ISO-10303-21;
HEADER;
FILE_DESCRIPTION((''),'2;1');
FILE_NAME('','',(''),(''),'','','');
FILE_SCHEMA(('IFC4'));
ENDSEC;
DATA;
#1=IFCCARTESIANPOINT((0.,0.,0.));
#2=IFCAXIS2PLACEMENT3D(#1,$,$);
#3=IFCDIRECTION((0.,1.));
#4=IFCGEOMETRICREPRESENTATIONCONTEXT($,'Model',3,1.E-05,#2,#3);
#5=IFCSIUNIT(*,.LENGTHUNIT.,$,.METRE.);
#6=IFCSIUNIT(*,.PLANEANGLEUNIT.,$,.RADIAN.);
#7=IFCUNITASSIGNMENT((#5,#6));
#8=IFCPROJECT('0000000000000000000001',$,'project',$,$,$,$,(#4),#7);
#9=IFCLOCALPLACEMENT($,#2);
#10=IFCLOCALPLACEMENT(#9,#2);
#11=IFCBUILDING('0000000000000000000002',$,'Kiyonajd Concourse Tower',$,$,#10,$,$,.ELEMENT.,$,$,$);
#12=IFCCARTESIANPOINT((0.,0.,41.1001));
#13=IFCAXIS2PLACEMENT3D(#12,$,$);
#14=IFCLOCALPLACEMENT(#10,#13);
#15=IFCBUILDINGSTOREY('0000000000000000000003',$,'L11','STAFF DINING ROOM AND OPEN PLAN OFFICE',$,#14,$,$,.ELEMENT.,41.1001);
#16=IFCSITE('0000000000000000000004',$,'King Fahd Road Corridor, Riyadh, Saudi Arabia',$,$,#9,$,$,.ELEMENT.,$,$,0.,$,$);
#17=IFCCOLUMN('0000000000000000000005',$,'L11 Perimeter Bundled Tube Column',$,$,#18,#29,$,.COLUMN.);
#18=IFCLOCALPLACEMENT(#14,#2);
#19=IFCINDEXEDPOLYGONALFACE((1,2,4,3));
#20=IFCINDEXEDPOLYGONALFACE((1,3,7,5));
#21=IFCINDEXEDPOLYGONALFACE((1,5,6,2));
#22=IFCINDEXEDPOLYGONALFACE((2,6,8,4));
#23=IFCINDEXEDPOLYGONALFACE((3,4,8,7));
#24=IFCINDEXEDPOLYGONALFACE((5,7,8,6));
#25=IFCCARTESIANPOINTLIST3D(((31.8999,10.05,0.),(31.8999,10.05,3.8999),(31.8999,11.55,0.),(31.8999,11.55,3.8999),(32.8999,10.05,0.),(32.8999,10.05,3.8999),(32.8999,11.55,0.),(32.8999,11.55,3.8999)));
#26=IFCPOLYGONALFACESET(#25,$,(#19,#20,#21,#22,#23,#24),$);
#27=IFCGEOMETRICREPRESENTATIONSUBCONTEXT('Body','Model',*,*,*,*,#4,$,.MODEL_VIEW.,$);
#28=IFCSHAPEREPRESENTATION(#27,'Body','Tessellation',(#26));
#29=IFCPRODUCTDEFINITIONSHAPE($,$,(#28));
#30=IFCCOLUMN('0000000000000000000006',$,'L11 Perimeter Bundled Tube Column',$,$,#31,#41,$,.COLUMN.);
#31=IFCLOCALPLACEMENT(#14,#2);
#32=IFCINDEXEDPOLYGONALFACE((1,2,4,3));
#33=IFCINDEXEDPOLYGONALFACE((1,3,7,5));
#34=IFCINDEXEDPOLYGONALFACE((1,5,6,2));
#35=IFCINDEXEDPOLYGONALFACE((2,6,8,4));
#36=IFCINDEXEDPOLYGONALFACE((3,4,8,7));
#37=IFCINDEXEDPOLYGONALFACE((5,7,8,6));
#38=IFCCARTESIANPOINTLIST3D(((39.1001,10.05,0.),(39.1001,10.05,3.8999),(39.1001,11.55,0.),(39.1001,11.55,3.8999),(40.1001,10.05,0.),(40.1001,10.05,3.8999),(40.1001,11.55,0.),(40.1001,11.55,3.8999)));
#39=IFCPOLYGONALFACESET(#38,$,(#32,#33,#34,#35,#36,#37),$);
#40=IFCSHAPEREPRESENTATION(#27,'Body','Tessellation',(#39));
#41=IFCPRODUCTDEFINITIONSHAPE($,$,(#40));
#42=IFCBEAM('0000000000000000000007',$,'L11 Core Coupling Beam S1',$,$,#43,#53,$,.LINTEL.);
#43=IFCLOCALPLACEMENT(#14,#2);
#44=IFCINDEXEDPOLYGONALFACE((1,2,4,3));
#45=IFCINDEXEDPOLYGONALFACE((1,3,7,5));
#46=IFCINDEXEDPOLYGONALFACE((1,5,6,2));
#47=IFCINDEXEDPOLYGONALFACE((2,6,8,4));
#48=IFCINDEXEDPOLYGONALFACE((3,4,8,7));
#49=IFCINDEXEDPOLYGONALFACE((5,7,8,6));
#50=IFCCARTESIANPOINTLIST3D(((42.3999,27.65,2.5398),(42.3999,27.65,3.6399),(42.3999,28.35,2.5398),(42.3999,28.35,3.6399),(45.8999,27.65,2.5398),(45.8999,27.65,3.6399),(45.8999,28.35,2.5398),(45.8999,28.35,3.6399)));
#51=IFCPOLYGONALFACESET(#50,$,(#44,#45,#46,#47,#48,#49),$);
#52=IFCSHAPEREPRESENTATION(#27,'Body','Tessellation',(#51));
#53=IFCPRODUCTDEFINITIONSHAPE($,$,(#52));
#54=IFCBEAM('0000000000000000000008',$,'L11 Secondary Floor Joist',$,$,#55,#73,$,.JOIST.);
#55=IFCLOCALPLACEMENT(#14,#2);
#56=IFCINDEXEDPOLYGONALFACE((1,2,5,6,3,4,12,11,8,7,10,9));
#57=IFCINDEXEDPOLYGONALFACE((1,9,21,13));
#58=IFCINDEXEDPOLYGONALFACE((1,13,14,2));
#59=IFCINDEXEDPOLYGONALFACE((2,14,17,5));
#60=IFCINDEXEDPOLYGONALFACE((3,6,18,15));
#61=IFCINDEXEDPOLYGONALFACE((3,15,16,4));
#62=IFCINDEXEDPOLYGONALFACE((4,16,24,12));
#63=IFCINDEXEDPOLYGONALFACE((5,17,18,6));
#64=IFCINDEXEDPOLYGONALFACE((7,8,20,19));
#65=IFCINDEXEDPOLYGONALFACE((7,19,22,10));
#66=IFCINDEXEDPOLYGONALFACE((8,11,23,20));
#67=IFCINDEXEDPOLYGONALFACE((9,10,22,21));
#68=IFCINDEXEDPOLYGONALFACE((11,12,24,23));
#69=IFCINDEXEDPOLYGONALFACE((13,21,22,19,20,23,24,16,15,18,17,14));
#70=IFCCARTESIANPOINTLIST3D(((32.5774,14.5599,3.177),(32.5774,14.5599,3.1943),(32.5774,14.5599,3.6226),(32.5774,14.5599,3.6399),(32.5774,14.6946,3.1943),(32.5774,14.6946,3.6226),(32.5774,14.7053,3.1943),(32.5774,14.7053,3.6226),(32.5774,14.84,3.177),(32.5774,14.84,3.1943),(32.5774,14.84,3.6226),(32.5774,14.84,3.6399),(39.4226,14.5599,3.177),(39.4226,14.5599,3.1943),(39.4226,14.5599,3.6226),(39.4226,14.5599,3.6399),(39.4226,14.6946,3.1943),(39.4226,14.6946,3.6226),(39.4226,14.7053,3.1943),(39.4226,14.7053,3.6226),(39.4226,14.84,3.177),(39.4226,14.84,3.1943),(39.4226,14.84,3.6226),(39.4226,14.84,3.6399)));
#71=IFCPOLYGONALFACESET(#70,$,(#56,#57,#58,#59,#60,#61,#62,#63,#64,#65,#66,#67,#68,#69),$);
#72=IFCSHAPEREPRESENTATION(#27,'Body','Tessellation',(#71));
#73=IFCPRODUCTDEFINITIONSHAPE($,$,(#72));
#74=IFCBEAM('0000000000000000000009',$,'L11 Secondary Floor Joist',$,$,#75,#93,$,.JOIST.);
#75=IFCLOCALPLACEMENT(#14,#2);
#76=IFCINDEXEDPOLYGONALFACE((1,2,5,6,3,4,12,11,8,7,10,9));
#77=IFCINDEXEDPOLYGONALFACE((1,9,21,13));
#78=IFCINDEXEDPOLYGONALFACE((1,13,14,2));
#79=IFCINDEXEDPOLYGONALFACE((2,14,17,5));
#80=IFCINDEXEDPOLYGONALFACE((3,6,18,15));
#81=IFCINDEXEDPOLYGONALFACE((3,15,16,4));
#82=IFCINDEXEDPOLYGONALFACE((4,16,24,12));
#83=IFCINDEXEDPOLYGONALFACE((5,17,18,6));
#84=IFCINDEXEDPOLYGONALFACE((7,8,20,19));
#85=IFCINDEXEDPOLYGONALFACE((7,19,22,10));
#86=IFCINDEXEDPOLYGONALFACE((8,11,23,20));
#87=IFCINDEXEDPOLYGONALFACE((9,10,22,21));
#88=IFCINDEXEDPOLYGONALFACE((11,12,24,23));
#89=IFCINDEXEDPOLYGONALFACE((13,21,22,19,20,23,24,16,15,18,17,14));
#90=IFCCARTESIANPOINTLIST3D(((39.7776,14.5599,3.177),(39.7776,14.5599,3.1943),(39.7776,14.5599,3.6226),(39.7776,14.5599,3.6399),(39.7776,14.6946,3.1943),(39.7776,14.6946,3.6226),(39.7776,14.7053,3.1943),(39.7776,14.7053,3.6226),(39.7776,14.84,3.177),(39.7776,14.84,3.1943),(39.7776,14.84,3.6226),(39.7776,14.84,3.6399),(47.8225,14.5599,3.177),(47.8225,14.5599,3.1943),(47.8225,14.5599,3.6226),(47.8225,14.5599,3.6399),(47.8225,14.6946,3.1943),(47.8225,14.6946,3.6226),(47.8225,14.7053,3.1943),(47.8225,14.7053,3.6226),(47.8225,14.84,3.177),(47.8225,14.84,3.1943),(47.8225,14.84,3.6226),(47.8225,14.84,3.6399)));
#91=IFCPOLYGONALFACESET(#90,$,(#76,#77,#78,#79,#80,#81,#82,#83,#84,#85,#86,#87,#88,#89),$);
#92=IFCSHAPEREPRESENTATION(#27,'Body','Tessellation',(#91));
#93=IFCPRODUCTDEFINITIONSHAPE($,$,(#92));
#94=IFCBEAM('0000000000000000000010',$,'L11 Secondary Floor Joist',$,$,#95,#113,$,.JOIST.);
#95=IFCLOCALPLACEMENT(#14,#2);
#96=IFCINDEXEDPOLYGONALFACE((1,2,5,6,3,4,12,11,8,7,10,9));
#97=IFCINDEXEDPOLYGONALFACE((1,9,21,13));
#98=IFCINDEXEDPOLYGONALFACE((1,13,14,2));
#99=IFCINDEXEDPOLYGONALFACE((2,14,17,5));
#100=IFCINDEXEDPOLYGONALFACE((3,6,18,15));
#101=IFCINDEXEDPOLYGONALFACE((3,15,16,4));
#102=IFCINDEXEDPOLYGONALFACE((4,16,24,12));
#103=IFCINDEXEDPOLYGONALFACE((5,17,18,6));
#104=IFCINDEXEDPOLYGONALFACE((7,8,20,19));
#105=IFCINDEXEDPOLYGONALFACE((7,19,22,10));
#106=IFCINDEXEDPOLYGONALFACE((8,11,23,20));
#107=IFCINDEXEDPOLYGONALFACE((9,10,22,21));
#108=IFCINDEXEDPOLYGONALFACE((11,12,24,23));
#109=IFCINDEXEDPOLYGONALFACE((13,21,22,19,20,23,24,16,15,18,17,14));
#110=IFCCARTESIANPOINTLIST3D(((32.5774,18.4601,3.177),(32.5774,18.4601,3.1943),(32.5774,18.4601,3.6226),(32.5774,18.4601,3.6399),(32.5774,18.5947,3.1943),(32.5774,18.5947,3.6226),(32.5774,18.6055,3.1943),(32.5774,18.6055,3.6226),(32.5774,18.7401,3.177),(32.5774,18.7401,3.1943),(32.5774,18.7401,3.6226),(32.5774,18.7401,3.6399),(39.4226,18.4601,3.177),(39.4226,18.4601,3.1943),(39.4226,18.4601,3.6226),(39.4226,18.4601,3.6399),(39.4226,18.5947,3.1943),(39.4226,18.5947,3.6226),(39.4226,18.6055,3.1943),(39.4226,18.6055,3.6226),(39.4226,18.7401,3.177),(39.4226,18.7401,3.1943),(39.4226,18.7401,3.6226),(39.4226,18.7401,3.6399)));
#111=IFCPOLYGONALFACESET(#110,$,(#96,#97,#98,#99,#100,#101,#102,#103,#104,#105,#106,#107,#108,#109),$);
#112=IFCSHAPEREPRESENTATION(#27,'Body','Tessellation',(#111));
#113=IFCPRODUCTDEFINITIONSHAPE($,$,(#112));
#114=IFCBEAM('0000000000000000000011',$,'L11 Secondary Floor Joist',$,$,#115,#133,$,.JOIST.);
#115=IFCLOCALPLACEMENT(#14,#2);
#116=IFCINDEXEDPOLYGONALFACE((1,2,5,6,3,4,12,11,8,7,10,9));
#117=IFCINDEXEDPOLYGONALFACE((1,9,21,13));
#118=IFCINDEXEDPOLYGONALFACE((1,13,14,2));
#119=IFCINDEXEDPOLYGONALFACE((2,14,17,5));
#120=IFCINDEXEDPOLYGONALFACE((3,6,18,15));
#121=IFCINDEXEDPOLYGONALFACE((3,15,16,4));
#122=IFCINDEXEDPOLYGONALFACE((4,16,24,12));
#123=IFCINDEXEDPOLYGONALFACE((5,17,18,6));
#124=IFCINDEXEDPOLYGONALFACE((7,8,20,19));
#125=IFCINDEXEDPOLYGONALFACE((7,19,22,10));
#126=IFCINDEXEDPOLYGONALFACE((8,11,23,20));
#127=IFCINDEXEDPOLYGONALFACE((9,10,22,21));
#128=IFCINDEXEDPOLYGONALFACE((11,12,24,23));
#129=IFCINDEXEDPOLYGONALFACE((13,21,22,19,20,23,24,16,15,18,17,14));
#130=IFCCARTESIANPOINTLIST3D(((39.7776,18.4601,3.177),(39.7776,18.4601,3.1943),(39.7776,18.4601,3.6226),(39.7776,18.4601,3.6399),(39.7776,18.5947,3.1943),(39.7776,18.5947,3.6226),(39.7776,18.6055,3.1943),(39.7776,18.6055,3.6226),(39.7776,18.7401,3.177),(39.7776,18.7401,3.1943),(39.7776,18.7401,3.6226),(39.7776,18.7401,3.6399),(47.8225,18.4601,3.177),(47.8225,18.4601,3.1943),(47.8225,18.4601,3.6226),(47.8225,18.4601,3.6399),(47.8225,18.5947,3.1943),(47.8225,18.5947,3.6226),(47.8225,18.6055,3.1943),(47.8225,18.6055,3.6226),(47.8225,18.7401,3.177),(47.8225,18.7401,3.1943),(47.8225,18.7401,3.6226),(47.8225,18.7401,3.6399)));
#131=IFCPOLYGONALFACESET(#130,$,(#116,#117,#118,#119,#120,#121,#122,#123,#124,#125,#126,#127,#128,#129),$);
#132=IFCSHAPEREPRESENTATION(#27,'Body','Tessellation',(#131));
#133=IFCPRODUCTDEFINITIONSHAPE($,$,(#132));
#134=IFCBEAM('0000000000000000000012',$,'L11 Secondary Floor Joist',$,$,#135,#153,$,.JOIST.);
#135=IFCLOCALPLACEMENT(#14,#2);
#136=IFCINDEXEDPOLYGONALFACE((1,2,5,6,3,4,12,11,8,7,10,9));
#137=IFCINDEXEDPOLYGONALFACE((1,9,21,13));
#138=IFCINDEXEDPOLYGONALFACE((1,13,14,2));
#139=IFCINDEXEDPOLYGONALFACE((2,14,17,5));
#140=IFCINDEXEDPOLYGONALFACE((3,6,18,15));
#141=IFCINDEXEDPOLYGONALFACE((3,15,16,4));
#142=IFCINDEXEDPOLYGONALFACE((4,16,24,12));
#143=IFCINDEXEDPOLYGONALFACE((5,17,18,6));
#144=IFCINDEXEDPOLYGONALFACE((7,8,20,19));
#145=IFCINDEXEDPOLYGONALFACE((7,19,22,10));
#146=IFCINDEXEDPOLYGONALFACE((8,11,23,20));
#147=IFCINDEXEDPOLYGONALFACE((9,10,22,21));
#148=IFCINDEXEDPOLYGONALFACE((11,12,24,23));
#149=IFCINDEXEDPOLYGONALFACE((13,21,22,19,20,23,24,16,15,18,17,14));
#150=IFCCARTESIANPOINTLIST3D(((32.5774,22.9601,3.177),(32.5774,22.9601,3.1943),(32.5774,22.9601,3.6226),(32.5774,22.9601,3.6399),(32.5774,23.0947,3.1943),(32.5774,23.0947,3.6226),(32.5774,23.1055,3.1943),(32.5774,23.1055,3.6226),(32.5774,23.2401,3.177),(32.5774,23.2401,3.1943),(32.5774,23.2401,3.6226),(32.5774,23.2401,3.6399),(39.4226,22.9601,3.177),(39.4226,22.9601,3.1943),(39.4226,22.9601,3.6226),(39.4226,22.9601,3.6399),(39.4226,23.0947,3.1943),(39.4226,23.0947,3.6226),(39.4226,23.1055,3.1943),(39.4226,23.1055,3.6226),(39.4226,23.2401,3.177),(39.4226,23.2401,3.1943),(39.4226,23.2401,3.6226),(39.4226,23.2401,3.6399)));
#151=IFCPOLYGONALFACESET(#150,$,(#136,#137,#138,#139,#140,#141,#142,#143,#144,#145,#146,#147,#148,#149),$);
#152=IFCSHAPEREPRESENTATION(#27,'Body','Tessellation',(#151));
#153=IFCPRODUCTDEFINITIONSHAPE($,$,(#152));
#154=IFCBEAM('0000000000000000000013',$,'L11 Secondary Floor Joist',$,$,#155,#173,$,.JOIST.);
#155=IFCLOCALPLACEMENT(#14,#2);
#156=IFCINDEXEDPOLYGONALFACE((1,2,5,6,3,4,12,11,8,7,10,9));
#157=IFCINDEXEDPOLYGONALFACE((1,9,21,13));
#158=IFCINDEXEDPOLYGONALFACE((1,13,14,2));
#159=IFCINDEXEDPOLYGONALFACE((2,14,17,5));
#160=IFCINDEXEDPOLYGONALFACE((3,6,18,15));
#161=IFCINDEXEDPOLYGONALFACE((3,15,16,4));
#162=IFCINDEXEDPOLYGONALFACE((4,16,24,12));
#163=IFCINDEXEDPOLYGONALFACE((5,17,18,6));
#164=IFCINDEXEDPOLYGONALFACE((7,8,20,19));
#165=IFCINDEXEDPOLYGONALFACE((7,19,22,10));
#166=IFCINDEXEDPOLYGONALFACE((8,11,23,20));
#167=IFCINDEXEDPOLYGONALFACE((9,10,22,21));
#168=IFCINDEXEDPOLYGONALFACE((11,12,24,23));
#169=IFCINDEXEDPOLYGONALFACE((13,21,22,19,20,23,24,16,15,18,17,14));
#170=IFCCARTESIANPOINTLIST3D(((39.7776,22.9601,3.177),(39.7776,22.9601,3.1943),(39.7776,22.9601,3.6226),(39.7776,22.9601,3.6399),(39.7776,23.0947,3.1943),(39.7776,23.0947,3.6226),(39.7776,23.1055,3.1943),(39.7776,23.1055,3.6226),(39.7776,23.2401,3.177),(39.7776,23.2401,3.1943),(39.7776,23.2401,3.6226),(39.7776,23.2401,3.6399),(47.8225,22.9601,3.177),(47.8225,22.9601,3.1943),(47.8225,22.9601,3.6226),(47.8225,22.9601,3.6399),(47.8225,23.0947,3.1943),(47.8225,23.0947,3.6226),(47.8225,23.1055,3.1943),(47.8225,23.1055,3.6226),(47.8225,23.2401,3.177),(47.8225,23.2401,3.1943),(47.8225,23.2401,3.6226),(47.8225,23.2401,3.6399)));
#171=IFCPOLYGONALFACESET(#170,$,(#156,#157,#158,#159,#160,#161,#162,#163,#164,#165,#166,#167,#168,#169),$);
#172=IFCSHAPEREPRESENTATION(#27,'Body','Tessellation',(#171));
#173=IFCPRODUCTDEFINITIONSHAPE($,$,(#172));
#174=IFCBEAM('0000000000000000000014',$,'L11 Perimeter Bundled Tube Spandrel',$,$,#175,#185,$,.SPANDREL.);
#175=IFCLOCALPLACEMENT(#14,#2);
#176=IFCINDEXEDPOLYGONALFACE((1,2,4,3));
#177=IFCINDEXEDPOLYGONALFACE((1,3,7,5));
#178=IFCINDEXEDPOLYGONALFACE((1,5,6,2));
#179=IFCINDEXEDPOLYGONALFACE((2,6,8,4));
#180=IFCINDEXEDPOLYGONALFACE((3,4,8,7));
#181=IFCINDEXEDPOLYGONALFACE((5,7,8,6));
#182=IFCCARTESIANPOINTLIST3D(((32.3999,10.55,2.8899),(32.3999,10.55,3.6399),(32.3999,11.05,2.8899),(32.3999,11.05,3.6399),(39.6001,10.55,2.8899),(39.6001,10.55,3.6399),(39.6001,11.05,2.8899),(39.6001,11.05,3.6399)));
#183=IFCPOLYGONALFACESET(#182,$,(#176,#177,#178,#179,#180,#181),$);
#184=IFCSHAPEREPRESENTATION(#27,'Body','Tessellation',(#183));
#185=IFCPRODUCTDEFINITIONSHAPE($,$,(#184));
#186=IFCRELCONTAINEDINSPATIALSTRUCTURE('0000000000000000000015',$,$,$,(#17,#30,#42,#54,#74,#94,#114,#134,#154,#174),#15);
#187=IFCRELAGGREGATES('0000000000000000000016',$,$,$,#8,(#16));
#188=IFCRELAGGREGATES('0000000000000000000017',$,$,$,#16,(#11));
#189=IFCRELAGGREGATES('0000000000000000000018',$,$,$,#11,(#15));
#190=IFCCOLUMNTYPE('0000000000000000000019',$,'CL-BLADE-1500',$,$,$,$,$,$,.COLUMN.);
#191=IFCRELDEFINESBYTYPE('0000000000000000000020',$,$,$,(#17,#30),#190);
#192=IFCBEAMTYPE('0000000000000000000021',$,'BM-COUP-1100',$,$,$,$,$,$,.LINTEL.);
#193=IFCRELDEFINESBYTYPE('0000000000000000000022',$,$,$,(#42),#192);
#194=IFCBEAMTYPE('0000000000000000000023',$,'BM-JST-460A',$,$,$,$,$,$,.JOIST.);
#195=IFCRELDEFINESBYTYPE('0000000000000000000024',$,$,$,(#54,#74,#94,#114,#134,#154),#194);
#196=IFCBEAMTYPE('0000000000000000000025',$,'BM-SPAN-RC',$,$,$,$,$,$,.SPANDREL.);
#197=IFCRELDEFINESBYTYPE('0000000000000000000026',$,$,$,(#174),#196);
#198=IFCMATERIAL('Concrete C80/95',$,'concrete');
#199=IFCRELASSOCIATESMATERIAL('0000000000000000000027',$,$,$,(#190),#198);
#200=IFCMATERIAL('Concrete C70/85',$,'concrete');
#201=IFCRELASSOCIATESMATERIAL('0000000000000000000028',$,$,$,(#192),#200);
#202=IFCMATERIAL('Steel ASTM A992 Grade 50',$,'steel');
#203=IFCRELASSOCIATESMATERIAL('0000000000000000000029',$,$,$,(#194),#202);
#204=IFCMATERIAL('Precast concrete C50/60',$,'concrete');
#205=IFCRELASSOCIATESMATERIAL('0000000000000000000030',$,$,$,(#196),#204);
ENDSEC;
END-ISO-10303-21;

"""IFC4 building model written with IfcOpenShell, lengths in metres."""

from ifc_helpers import new_model, si_unit, direction, frame, origin, origin_2d, place, context, subcontext, project, spatial, rectangle, i_section, extrude, material, material_profile, profile_set, type_object, element, save


model = new_model("IFC4")

# Units and contexts
model_context = context("Model", 3, precision=1e-05, world=origin(), true_north=direction((0.0, 1.0)))
body_context = subcontext(model_context, "Body", "Model", "MODEL_VIEW")
ifc_project = project(units=[si_unit("LENGTHUNIT", "METRE"), si_unit("PLANEANGLEUNIT", "RADIAN")], contexts=[model_context])

# Site, building, storey
site_placement = place(None, origin())
site = spatial("IfcSite", under=ifc_project, at=site_placement, Name="King Fahd Road Corridor, Riyadh, Saudi Arabia", CompositionType="ELEMENT", RefElevation=0.0)
building_placement = place(site_placement, origin())
building = spatial("IfcBuilding", under=site, at=building_placement, Name="Kiyonajd Concourse Tower", CompositionType="ELEMENT")
storey_placement = place(building_placement, frame((0.0, 0.0, 41.1001)))
storey = spatial("IfcBuildingStorey", under=building, at=storey_placement, Name="L11", Description="STAFF DINING ROOM AND OPEN PLAN OFFICE", CompositionType="ELEMENT", Elevation=41.1001)

# Columns
ifc_material_1 = material(Name="Concrete C80/95", Category="concrete")
ifc_material_profile_1 = material_profile(ifc_material_1, rectangle(XDim=1.0, YDim=1.5, at=origin_2d()), Name="RC-1500x1000")
ifc_profile_set_1 = profile_set([ifc_material_profile_1], Name="Concrete C80/95")
column_type = type_object("IfcColumnType", Name="CL-BLADE-1500", PredefinedType="COLUMN", material=ifc_profile_set_1)
for number, where, z_axis, x_axis, name in (
    (1, (32.3999, 10.8, 0.0), (0.0, 0.0, 1.0), (1.0, 0.0, 0.0), "L11 Perimeter Bundled Tube Column"),
    (2, (39.6001, 10.8, 0.0), (0.0, 0.0, 1.0), (1.0, 0.0, 0.0), "L11 Perimeter Bundled Tube Column"),
):
    element("IfcColumn", number, at=place(storey_placement, frame(where, z_axis=z_axis, x_axis=x_axis)), inside=storey, type_object=column_type, Name=name, PredefinedType="COLUMN", context=body_context, shape_type="SweptSolid", body=[
        extrude(rectangle(XDim=1.0, YDim=1.5, at=origin_2d()), origin(), (0.0, 0.0, 1.0), 3.8999),
    ])

# Beams
ifc_material_2 = material(Name="Concrete C70/85", Category="concrete")
ifc_material_profile_2 = material_profile(ifc_material_2, rectangle(XDim=0.7, YDim=1.1001, at=origin_2d()), Name="RCBM-700x1100")
ifc_profile_set_2 = profile_set([ifc_material_profile_2], Name="Concrete C70/85")
beam_type_1 = type_object("IfcBeamType", Name="BM-COUP-1100", PredefinedType="LINTEL", material=ifc_profile_set_2)
beam_1_placement = place(storey_placement, frame((42.3999, 28.0, 3.0898), z_axis=(1.0, 0.0, 0.0), x_axis=(0.0, 1.0, 0.0)))
element("IfcBeam", 3, at=beam_1_placement, inside=storey, type_object=beam_type_1, Name="L11 Core Coupling Beam S1", PredefinedType="LINTEL", context=body_context, shape_type="SweptSolid", body=[
    extrude(rectangle(XDim=0.7, YDim=1.1001, at=origin_2d()), origin(), (0.0, 0.0, 1.0), 3.5),
])
ifc_material_3 = material(Name="Steel ASTM A992 Grade 50", Category="steel")
ifc_material_profile_3 = material_profile(ifc_material_3, i_section(OverallWidth=0.28, OverallDepth=0.4629, WebThickness=0.0107, FlangeThickness=0.0173, at=origin_2d()), Name="W460X113")
ifc_profile_set_3 = profile_set([ifc_material_profile_3], Name="Steel ASTM A992 Grade 50")
beam_type_2 = type_object("IfcBeamType", Name="BM-JST-460A", PredefinedType="JOIST", material=ifc_profile_set_3)
beam_2_placement = place(storey_placement, frame((32.5774, 14.7, 3.4084), z_axis=(1.0, 0.0, 0.0), x_axis=(0.0, 1.0, 0.0)))
element("IfcBeam", 4, at=beam_2_placement, inside=storey, type_object=beam_type_2, Name="L11 Secondary Floor Joist", PredefinedType="JOIST", context=body_context, shape_type="SweptSolid", body=[
    extrude(i_section(OverallWidth=0.28, OverallDepth=0.4629, WebThickness=0.0107, FlangeThickness=0.0173, at=origin_2d()), origin(), (0.0, 0.0, 1.0), 6.8452),
])
beam_3_placement = place(storey_placement, frame((39.7776, 14.7, 3.4084), z_axis=(1.0, 0.0, 0.0), x_axis=(0.0, 1.0, 0.0)))
element("IfcBeam", 5, at=beam_3_placement, inside=storey, type_object=beam_type_2, Name="L11 Secondary Floor Joist", PredefinedType="JOIST", context=body_context, shape_type="SweptSolid", body=[
    extrude(i_section(OverallWidth=0.28, OverallDepth=0.4629, WebThickness=0.0107, FlangeThickness=0.0173, at=origin_2d()), origin(), (0.0, 0.0, 1.0), 8.0449),
])
beam_4_placement = place(storey_placement, frame((32.5774, 18.6001, 3.4084), z_axis=(1.0, 0.0, 0.0), x_axis=(0.0, 1.0, 0.0)))
element("IfcBeam", 6, at=beam_4_placement, inside=storey, type_object=beam_type_2, Name="L11 Secondary Floor Joist", PredefinedType="JOIST", context=body_context, shape_type="SweptSolid", body=[
    extrude(i_section(OverallWidth=0.28, OverallDepth=0.4629, WebThickness=0.0107, FlangeThickness=0.0173, at=origin_2d()), origin(), (0.0, 0.0, 1.0), 6.8452),
])
beam_5_placement = place(storey_placement, frame((39.7776, 18.6001, 3.4084), z_axis=(1.0, 0.0, 0.0), x_axis=(0.0, 1.0, 0.0)))
element("IfcBeam", 7, at=beam_5_placement, inside=storey, type_object=beam_type_2, Name="L11 Secondary Floor Joist", PredefinedType="JOIST", context=body_context, shape_type="SweptSolid", body=[
    extrude(i_section(OverallWidth=0.28, OverallDepth=0.4629, WebThickness=0.0107, FlangeThickness=0.0173, at=origin_2d()), origin(), (0.0, 0.0, 1.0), 8.0449),
])
beam_6_placement = place(storey_placement, frame((32.5774, 23.1001, 3.4084), z_axis=(1.0, 0.0, 0.0), x_axis=(0.0, 1.0, 0.0)))
element("IfcBeam", 8, at=beam_6_placement, inside=storey, type_object=beam_type_2, Name="L11 Secondary Floor Joist", PredefinedType="JOIST", context=body_context, shape_type="SweptSolid", body=[
    extrude(i_section(OverallWidth=0.28, OverallDepth=0.4629, WebThickness=0.0107, FlangeThickness=0.0173, at=origin_2d()), origin(), (0.0, 0.0, 1.0), 6.8452),
])
beam_7_placement = place(storey_placement, frame((39.7776, 23.1001, 3.4084), z_axis=(1.0, 0.0, 0.0), x_axis=(0.0, 1.0, 0.0)))
element("IfcBeam", 9, at=beam_7_placement, inside=storey, type_object=beam_type_2, Name="L11 Secondary Floor Joist", PredefinedType="JOIST", context=body_context, shape_type="SweptSolid", body=[
    extrude(i_section(OverallWidth=0.28, OverallDepth=0.4629, WebThickness=0.0107, FlangeThickness=0.0173, at=origin_2d()), origin(), (0.0, 0.0, 1.0), 8.0449),
])
ifc_material_4 = material(Name="Precast concrete C50/60", Category="concrete")
ifc_material_profile_4 = material_profile(ifc_material_4, rectangle(XDim=0.5, YDim=0.75, at=origin_2d()), Name="RCBM-500x750")
ifc_profile_set_4 = profile_set([ifc_material_profile_4], Name="Precast concrete C50/60")
beam_type_3 = type_object("IfcBeamType", Name="BM-SPAN-RC", PredefinedType="SPANDREL", material=ifc_profile_set_4)
beam_8_placement = place(storey_placement, frame((32.3999, 10.8, 3.2649), z_axis=(1.0, 0.0, 0.0), x_axis=(0.0, 1.0, 0.0)))
element("IfcBeam", 10, at=beam_8_placement, inside=storey, type_object=beam_type_3, Name="L11 Perimeter Bundled Tube Spandrel", PredefinedType="SPANDREL", context=body_context, shape_type="SweptSolid", body=[
    extrude(rectangle(XDim=0.5, YDim=0.75, at=origin_2d()), origin(), (0.0, 0.0, 1.0), 7.2002),
])

save(model, "model.ifc")
